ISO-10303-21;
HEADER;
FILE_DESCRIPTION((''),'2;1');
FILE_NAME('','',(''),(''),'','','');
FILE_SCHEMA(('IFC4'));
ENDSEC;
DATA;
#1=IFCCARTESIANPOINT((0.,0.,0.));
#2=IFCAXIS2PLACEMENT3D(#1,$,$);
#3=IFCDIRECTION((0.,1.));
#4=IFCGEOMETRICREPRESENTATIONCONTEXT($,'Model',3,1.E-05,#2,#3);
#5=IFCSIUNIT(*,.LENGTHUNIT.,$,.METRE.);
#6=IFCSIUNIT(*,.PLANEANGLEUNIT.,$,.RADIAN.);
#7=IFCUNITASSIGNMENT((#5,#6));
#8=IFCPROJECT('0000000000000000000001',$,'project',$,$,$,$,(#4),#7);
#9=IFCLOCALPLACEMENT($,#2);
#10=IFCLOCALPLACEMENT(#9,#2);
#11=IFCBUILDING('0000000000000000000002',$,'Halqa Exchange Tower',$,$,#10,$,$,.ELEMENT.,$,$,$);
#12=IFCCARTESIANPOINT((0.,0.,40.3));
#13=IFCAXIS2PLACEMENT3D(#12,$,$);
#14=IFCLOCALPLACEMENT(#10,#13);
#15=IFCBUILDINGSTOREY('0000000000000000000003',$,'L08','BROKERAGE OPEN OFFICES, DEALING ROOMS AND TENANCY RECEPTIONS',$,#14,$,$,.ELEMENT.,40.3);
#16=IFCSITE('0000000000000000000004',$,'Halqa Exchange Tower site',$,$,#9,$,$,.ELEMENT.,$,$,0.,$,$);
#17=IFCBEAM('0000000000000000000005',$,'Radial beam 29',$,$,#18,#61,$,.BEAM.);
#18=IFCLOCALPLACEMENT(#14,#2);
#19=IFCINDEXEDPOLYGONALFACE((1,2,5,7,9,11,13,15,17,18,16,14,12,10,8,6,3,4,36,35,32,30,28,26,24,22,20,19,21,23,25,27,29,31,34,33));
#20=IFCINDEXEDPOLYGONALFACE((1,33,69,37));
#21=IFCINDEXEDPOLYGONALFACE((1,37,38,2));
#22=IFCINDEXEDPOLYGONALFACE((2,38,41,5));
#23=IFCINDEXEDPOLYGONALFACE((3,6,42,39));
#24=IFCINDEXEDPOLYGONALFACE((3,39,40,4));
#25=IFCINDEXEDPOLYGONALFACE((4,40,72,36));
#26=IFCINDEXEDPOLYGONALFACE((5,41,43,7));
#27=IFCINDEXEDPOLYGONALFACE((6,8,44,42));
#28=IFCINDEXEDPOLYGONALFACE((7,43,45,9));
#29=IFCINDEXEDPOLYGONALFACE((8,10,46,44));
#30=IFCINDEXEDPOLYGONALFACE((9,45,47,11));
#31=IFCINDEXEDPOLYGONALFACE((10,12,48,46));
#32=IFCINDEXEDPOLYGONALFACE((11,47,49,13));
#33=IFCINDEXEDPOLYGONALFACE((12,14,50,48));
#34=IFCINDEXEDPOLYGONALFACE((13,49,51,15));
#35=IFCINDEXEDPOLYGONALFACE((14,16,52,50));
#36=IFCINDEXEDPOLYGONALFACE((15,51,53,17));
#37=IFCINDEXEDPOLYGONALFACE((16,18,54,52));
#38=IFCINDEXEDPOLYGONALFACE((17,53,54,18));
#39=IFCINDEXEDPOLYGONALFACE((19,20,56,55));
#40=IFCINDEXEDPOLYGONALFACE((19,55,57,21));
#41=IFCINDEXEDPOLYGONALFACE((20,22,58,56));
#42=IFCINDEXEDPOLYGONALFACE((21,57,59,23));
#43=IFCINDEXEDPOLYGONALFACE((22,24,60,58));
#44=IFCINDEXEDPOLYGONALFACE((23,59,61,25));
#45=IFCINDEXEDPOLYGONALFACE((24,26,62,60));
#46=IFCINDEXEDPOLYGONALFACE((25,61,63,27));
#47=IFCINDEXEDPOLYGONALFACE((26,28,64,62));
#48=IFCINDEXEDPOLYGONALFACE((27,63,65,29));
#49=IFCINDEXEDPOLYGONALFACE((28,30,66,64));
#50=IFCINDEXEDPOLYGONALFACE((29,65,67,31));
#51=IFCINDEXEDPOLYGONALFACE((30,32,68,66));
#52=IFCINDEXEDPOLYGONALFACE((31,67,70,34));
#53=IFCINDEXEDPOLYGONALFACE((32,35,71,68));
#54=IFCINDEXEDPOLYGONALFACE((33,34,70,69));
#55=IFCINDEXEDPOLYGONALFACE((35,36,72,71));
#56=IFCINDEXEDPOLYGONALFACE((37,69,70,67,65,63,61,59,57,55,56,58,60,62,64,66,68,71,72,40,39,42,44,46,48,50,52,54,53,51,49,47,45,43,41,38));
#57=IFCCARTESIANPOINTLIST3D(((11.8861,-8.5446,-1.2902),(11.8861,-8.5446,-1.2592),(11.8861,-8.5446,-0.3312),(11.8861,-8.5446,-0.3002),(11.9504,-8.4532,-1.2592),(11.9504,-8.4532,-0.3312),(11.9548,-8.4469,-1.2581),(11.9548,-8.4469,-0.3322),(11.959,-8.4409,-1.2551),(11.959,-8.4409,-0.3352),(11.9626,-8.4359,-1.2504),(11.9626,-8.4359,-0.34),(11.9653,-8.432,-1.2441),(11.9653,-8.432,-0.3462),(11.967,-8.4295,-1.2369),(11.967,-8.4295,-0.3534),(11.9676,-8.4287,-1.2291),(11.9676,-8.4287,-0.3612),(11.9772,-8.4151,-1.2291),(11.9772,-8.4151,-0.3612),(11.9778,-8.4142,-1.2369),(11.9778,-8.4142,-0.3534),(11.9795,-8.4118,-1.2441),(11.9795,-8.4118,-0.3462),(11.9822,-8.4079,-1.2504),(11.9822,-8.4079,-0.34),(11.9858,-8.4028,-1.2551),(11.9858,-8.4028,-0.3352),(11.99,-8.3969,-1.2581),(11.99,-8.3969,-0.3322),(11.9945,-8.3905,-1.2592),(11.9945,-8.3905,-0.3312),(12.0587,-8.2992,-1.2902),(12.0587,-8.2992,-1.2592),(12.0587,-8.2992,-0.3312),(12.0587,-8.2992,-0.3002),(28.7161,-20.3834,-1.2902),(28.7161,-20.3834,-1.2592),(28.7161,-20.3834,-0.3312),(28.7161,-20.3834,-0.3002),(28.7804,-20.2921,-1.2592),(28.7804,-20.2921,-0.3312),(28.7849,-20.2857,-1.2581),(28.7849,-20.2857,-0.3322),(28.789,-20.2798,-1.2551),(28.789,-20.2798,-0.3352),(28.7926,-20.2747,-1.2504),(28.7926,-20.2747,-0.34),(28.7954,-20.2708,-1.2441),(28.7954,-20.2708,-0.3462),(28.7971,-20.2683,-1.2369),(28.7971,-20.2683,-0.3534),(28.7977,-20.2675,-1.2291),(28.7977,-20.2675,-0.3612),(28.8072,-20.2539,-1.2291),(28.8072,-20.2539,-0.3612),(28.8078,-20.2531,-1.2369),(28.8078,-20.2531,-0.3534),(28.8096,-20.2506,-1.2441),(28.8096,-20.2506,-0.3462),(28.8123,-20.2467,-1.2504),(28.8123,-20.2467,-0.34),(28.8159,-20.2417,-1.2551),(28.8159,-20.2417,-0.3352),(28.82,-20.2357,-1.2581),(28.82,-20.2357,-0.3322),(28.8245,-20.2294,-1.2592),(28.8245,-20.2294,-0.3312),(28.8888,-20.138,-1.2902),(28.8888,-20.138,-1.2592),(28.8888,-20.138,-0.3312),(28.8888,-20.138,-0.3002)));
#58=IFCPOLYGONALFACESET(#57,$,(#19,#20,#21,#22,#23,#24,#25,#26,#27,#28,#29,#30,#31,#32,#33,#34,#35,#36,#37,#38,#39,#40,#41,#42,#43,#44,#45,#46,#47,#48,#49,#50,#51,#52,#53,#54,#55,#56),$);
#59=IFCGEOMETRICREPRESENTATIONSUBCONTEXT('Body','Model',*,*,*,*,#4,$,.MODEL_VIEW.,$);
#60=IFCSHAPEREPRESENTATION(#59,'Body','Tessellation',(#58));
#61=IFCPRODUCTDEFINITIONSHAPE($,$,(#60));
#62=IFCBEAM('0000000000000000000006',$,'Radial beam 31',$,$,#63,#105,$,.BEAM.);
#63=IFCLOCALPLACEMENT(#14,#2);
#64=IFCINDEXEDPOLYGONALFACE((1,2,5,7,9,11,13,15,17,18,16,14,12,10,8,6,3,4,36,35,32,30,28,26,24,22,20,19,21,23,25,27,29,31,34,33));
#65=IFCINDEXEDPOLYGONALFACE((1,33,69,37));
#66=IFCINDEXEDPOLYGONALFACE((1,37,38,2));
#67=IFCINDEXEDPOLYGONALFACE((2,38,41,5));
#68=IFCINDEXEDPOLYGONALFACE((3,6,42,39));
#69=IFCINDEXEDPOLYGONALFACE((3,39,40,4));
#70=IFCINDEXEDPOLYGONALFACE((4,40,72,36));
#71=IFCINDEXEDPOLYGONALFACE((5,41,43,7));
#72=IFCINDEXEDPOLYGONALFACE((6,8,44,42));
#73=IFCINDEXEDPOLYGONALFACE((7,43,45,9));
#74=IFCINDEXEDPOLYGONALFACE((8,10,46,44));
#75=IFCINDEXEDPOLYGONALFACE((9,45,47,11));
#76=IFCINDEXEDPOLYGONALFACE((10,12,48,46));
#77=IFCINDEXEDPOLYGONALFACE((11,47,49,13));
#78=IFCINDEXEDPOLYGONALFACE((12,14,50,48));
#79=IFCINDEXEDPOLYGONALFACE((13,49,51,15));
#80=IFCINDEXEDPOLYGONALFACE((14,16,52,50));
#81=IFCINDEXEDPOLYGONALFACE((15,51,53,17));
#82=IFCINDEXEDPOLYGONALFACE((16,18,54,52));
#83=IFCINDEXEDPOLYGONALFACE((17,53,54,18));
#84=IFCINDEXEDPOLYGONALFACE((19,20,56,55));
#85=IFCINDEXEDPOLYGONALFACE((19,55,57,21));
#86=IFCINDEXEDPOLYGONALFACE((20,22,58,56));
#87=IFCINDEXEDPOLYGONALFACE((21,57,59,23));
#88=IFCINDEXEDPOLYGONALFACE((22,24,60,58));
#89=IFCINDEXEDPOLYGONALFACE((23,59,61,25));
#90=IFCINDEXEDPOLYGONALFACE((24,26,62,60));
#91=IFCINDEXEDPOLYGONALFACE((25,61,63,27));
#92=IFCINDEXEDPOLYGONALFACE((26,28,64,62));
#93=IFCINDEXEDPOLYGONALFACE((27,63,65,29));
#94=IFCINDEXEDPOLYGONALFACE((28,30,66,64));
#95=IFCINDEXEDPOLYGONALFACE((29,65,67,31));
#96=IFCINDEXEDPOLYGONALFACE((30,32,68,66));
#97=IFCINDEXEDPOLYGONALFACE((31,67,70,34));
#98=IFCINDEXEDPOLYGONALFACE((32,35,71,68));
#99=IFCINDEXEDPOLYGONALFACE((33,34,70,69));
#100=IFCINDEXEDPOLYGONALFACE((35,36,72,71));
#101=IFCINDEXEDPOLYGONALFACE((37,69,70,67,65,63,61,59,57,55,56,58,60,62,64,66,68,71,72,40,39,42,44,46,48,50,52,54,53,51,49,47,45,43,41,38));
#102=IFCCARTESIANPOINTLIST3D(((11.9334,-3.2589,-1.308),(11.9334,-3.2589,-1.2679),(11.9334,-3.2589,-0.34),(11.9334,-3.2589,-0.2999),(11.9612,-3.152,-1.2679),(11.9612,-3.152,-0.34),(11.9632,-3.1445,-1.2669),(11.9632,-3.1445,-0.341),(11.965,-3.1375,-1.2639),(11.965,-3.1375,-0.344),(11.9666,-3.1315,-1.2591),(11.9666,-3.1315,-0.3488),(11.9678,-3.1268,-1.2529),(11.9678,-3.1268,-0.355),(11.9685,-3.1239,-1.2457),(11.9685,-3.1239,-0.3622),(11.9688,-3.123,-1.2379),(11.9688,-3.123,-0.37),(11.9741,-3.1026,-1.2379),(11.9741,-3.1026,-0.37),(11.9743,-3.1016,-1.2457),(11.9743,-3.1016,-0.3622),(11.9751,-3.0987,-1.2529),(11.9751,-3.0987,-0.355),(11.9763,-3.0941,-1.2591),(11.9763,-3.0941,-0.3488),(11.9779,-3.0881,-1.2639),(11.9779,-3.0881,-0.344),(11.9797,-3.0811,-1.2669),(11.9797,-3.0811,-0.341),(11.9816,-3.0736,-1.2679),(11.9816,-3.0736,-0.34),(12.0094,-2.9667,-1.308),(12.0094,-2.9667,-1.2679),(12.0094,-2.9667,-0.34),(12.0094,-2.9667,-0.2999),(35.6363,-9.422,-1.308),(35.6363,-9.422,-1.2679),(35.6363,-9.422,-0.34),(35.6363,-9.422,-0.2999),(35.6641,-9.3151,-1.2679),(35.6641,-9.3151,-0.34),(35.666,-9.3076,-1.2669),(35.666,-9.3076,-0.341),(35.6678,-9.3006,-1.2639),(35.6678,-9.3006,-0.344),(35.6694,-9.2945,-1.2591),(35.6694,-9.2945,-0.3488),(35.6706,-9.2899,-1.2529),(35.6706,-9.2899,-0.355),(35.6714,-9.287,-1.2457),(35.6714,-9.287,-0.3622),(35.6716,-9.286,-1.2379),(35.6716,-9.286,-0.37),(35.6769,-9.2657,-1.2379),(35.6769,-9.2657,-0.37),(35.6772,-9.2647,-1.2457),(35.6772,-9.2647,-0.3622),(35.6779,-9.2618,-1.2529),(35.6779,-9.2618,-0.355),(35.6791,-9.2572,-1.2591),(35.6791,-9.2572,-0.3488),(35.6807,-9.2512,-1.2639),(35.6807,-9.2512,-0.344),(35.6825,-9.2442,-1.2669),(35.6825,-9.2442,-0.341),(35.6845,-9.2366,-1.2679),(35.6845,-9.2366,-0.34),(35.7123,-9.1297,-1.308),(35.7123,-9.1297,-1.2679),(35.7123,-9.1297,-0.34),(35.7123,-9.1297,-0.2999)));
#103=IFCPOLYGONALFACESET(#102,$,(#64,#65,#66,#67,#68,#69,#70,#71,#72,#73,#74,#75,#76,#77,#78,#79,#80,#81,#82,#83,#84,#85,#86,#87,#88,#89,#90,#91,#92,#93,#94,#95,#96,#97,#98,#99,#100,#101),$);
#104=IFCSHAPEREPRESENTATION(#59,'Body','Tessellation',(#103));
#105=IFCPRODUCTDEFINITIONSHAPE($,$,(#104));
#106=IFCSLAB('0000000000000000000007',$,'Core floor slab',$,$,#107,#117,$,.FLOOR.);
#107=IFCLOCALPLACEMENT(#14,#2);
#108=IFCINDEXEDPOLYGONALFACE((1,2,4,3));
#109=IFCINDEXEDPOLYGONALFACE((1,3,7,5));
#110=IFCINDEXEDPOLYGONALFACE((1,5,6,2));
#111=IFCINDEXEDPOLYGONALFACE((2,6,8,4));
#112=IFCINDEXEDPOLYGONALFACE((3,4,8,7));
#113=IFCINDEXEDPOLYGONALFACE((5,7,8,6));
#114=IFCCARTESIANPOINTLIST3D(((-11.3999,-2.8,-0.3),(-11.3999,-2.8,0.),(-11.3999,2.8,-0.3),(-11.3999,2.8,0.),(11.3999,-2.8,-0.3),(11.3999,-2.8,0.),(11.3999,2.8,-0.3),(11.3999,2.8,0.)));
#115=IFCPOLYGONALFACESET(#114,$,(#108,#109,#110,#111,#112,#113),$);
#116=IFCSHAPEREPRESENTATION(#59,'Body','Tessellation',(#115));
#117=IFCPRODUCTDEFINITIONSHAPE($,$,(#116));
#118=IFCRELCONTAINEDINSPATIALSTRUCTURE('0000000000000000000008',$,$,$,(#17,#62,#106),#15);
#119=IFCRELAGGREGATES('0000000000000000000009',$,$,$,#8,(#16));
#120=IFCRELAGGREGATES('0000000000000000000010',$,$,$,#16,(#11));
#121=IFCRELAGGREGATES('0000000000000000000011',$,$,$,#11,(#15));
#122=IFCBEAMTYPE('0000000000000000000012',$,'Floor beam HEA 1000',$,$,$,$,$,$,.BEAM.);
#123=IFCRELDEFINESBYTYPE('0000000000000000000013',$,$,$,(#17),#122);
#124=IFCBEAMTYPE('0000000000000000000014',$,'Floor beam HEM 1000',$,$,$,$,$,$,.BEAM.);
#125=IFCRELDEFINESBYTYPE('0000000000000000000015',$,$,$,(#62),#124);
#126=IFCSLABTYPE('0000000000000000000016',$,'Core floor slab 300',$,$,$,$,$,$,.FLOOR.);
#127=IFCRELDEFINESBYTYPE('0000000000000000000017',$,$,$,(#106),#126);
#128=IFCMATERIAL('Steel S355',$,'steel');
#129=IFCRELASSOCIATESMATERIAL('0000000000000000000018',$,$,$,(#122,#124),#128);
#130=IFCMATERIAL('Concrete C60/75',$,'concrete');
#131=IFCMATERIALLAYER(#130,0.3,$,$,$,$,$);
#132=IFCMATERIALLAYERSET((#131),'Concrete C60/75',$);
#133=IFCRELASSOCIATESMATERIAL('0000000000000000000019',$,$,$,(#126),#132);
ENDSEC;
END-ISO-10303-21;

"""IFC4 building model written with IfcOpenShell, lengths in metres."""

from ifc_helpers import new_model, si_unit, direction, frame, origin, origin_2d, place, context, subcontext, project, spatial, polyline, i_section, outline, extrude, material, layer, layer_set, material_profile, profile_set, type_object, element, save


model = new_model("IFC4")

# Units and contexts
model_context = context("Model", 3, precision=1e-05, world=origin(), true_north=direction((0.0, 1.0)))
body_context = subcontext(model_context, "Body", "Model", "MODEL_VIEW")
ifc_project = project(units=[si_unit("LENGTHUNIT", "METRE"), si_unit("PLANEANGLEUNIT", "RADIAN")], contexts=[model_context])

# Site, building, storey
site_placement = place(None, origin())
site = spatial("IfcSite", under=ifc_project, at=site_placement, Name="Halqa Exchange Tower site", CompositionType="ELEMENT", RefElevation=0.0)
building_placement = place(site_placement, origin())
building = spatial("IfcBuilding", under=site, at=building_placement, Name="Halqa Exchange Tower", CompositionType="ELEMENT")
storey_placement = place(building_placement, frame((0.0, 0.0, 40.3)))
storey = spatial("IfcBuildingStorey", under=building, at=storey_placement, Name="L08", Description="BROKERAGE OPEN OFFICES, DEALING ROOMS AND TENANCY RECEPTIONS", CompositionType="ELEMENT", Elevation=40.3)

# Beams
ifc_material_1 = material(Name="Steel S355", Category="steel")
ifc_material_profile_1 = material_profile(ifc_material_1, i_section(OverallWidth=0.3, OverallDepth=0.99, WebThickness=0.0166, FlangeThickness=0.031, FilletRadius=0.03, at=origin_2d()), Name="HEA 1000")
ifc_profile_set_1 = profile_set([ifc_material_profile_1], Name="Steel S355")
beam_type_1 = type_object("IfcBeamType", Name="Floor beam HEA 1000", PredefinedType="BEAM", material=ifc_profile_set_1)
beam_1_placement = place(storey_placement, frame((11.9724, -8.4219, -0.7952), z_axis=(0.81791, -0.575346, 0.0), x_axis=(0.575346, 0.81791, 0.0)))
element("IfcBeam", 1, at=beam_1_placement, inside=storey, type_object=beam_type_1, Name="Radial beam 29", PredefinedType="BEAM", context=body_context, shape_type="SweptSolid", body=[
    extrude(i_section(OverallWidth=0.3, OverallDepth=0.99, WebThickness=0.0166, FlangeThickness=0.031, FilletRadius=0.03, at=origin_2d()), origin(), (0.0, 0.0, 1.0), 20.5769),
])
ifc_material_profile_2 = material_profile(ifc_material_1, i_section(OverallWidth=0.302, OverallDepth=1.0081, WebThickness=0.021, FlangeThickness=0.04, FilletRadius=0.03, at=origin_2d()), Name="HEM 1000")
ifc_profile_set_2 = profile_set([ifc_material_profile_2], Name="Steel S355")
beam_type_2 = type_object("IfcBeamType", Name="Floor beam HEM 1000", PredefinedType="BEAM", material=ifc_profile_set_2)
beam_2_placement = place(storey_placement, frame((11.9714, -3.1128, -0.804), z_axis=(0.967819, -0.251647, 0.0), x_axis=(0.251647, 0.967819, 0.0)))
element("IfcBeam", 2, at=beam_2_placement, inside=storey, type_object=beam_type_2, Name="Radial beam 31", PredefinedType="BEAM", context=body_context, shape_type="SweptSolid", body=[
    extrude(i_section(OverallWidth=0.302, OverallDepth=1.0081, WebThickness=0.021, FlangeThickness=0.04, FilletRadius=0.03, at=origin_2d()), origin(), (0.0, 0.0, 1.0), 24.491),
])

# Slab
ifc_material_2 = material(Name="Concrete C60/75", Category="concrete")
ifc_layer_1 = layer(ifc_material_2, 0.3)
ifc_layer_set_1 = layer_set([ifc_layer_1], Name="Concrete C60/75")
slab_type_1 = type_object("IfcSlabType", Name="Core floor slab 300", PredefinedType="FLOOR", material=ifc_layer_set_1)
slab_1_placement = place(storey_placement, frame((0.0, 0.0, -0.3)))
element("IfcSlab", 3, at=slab_1_placement, inside=storey, type_object=slab_type_1, Name="Core floor slab", PredefinedType="FLOOR", context=body_context, shape_type="SweptSolid", body=[
    extrude(outline(polyline([(-11.3999, 2.8), (11.3999, 2.8), (11.3999, -2.8), (-11.3999, -2.8), (-11.3999, 2.8)])), origin(), (0.0, 0.0, 1.0), 0.3),
])

save(model, "model.ifc")
